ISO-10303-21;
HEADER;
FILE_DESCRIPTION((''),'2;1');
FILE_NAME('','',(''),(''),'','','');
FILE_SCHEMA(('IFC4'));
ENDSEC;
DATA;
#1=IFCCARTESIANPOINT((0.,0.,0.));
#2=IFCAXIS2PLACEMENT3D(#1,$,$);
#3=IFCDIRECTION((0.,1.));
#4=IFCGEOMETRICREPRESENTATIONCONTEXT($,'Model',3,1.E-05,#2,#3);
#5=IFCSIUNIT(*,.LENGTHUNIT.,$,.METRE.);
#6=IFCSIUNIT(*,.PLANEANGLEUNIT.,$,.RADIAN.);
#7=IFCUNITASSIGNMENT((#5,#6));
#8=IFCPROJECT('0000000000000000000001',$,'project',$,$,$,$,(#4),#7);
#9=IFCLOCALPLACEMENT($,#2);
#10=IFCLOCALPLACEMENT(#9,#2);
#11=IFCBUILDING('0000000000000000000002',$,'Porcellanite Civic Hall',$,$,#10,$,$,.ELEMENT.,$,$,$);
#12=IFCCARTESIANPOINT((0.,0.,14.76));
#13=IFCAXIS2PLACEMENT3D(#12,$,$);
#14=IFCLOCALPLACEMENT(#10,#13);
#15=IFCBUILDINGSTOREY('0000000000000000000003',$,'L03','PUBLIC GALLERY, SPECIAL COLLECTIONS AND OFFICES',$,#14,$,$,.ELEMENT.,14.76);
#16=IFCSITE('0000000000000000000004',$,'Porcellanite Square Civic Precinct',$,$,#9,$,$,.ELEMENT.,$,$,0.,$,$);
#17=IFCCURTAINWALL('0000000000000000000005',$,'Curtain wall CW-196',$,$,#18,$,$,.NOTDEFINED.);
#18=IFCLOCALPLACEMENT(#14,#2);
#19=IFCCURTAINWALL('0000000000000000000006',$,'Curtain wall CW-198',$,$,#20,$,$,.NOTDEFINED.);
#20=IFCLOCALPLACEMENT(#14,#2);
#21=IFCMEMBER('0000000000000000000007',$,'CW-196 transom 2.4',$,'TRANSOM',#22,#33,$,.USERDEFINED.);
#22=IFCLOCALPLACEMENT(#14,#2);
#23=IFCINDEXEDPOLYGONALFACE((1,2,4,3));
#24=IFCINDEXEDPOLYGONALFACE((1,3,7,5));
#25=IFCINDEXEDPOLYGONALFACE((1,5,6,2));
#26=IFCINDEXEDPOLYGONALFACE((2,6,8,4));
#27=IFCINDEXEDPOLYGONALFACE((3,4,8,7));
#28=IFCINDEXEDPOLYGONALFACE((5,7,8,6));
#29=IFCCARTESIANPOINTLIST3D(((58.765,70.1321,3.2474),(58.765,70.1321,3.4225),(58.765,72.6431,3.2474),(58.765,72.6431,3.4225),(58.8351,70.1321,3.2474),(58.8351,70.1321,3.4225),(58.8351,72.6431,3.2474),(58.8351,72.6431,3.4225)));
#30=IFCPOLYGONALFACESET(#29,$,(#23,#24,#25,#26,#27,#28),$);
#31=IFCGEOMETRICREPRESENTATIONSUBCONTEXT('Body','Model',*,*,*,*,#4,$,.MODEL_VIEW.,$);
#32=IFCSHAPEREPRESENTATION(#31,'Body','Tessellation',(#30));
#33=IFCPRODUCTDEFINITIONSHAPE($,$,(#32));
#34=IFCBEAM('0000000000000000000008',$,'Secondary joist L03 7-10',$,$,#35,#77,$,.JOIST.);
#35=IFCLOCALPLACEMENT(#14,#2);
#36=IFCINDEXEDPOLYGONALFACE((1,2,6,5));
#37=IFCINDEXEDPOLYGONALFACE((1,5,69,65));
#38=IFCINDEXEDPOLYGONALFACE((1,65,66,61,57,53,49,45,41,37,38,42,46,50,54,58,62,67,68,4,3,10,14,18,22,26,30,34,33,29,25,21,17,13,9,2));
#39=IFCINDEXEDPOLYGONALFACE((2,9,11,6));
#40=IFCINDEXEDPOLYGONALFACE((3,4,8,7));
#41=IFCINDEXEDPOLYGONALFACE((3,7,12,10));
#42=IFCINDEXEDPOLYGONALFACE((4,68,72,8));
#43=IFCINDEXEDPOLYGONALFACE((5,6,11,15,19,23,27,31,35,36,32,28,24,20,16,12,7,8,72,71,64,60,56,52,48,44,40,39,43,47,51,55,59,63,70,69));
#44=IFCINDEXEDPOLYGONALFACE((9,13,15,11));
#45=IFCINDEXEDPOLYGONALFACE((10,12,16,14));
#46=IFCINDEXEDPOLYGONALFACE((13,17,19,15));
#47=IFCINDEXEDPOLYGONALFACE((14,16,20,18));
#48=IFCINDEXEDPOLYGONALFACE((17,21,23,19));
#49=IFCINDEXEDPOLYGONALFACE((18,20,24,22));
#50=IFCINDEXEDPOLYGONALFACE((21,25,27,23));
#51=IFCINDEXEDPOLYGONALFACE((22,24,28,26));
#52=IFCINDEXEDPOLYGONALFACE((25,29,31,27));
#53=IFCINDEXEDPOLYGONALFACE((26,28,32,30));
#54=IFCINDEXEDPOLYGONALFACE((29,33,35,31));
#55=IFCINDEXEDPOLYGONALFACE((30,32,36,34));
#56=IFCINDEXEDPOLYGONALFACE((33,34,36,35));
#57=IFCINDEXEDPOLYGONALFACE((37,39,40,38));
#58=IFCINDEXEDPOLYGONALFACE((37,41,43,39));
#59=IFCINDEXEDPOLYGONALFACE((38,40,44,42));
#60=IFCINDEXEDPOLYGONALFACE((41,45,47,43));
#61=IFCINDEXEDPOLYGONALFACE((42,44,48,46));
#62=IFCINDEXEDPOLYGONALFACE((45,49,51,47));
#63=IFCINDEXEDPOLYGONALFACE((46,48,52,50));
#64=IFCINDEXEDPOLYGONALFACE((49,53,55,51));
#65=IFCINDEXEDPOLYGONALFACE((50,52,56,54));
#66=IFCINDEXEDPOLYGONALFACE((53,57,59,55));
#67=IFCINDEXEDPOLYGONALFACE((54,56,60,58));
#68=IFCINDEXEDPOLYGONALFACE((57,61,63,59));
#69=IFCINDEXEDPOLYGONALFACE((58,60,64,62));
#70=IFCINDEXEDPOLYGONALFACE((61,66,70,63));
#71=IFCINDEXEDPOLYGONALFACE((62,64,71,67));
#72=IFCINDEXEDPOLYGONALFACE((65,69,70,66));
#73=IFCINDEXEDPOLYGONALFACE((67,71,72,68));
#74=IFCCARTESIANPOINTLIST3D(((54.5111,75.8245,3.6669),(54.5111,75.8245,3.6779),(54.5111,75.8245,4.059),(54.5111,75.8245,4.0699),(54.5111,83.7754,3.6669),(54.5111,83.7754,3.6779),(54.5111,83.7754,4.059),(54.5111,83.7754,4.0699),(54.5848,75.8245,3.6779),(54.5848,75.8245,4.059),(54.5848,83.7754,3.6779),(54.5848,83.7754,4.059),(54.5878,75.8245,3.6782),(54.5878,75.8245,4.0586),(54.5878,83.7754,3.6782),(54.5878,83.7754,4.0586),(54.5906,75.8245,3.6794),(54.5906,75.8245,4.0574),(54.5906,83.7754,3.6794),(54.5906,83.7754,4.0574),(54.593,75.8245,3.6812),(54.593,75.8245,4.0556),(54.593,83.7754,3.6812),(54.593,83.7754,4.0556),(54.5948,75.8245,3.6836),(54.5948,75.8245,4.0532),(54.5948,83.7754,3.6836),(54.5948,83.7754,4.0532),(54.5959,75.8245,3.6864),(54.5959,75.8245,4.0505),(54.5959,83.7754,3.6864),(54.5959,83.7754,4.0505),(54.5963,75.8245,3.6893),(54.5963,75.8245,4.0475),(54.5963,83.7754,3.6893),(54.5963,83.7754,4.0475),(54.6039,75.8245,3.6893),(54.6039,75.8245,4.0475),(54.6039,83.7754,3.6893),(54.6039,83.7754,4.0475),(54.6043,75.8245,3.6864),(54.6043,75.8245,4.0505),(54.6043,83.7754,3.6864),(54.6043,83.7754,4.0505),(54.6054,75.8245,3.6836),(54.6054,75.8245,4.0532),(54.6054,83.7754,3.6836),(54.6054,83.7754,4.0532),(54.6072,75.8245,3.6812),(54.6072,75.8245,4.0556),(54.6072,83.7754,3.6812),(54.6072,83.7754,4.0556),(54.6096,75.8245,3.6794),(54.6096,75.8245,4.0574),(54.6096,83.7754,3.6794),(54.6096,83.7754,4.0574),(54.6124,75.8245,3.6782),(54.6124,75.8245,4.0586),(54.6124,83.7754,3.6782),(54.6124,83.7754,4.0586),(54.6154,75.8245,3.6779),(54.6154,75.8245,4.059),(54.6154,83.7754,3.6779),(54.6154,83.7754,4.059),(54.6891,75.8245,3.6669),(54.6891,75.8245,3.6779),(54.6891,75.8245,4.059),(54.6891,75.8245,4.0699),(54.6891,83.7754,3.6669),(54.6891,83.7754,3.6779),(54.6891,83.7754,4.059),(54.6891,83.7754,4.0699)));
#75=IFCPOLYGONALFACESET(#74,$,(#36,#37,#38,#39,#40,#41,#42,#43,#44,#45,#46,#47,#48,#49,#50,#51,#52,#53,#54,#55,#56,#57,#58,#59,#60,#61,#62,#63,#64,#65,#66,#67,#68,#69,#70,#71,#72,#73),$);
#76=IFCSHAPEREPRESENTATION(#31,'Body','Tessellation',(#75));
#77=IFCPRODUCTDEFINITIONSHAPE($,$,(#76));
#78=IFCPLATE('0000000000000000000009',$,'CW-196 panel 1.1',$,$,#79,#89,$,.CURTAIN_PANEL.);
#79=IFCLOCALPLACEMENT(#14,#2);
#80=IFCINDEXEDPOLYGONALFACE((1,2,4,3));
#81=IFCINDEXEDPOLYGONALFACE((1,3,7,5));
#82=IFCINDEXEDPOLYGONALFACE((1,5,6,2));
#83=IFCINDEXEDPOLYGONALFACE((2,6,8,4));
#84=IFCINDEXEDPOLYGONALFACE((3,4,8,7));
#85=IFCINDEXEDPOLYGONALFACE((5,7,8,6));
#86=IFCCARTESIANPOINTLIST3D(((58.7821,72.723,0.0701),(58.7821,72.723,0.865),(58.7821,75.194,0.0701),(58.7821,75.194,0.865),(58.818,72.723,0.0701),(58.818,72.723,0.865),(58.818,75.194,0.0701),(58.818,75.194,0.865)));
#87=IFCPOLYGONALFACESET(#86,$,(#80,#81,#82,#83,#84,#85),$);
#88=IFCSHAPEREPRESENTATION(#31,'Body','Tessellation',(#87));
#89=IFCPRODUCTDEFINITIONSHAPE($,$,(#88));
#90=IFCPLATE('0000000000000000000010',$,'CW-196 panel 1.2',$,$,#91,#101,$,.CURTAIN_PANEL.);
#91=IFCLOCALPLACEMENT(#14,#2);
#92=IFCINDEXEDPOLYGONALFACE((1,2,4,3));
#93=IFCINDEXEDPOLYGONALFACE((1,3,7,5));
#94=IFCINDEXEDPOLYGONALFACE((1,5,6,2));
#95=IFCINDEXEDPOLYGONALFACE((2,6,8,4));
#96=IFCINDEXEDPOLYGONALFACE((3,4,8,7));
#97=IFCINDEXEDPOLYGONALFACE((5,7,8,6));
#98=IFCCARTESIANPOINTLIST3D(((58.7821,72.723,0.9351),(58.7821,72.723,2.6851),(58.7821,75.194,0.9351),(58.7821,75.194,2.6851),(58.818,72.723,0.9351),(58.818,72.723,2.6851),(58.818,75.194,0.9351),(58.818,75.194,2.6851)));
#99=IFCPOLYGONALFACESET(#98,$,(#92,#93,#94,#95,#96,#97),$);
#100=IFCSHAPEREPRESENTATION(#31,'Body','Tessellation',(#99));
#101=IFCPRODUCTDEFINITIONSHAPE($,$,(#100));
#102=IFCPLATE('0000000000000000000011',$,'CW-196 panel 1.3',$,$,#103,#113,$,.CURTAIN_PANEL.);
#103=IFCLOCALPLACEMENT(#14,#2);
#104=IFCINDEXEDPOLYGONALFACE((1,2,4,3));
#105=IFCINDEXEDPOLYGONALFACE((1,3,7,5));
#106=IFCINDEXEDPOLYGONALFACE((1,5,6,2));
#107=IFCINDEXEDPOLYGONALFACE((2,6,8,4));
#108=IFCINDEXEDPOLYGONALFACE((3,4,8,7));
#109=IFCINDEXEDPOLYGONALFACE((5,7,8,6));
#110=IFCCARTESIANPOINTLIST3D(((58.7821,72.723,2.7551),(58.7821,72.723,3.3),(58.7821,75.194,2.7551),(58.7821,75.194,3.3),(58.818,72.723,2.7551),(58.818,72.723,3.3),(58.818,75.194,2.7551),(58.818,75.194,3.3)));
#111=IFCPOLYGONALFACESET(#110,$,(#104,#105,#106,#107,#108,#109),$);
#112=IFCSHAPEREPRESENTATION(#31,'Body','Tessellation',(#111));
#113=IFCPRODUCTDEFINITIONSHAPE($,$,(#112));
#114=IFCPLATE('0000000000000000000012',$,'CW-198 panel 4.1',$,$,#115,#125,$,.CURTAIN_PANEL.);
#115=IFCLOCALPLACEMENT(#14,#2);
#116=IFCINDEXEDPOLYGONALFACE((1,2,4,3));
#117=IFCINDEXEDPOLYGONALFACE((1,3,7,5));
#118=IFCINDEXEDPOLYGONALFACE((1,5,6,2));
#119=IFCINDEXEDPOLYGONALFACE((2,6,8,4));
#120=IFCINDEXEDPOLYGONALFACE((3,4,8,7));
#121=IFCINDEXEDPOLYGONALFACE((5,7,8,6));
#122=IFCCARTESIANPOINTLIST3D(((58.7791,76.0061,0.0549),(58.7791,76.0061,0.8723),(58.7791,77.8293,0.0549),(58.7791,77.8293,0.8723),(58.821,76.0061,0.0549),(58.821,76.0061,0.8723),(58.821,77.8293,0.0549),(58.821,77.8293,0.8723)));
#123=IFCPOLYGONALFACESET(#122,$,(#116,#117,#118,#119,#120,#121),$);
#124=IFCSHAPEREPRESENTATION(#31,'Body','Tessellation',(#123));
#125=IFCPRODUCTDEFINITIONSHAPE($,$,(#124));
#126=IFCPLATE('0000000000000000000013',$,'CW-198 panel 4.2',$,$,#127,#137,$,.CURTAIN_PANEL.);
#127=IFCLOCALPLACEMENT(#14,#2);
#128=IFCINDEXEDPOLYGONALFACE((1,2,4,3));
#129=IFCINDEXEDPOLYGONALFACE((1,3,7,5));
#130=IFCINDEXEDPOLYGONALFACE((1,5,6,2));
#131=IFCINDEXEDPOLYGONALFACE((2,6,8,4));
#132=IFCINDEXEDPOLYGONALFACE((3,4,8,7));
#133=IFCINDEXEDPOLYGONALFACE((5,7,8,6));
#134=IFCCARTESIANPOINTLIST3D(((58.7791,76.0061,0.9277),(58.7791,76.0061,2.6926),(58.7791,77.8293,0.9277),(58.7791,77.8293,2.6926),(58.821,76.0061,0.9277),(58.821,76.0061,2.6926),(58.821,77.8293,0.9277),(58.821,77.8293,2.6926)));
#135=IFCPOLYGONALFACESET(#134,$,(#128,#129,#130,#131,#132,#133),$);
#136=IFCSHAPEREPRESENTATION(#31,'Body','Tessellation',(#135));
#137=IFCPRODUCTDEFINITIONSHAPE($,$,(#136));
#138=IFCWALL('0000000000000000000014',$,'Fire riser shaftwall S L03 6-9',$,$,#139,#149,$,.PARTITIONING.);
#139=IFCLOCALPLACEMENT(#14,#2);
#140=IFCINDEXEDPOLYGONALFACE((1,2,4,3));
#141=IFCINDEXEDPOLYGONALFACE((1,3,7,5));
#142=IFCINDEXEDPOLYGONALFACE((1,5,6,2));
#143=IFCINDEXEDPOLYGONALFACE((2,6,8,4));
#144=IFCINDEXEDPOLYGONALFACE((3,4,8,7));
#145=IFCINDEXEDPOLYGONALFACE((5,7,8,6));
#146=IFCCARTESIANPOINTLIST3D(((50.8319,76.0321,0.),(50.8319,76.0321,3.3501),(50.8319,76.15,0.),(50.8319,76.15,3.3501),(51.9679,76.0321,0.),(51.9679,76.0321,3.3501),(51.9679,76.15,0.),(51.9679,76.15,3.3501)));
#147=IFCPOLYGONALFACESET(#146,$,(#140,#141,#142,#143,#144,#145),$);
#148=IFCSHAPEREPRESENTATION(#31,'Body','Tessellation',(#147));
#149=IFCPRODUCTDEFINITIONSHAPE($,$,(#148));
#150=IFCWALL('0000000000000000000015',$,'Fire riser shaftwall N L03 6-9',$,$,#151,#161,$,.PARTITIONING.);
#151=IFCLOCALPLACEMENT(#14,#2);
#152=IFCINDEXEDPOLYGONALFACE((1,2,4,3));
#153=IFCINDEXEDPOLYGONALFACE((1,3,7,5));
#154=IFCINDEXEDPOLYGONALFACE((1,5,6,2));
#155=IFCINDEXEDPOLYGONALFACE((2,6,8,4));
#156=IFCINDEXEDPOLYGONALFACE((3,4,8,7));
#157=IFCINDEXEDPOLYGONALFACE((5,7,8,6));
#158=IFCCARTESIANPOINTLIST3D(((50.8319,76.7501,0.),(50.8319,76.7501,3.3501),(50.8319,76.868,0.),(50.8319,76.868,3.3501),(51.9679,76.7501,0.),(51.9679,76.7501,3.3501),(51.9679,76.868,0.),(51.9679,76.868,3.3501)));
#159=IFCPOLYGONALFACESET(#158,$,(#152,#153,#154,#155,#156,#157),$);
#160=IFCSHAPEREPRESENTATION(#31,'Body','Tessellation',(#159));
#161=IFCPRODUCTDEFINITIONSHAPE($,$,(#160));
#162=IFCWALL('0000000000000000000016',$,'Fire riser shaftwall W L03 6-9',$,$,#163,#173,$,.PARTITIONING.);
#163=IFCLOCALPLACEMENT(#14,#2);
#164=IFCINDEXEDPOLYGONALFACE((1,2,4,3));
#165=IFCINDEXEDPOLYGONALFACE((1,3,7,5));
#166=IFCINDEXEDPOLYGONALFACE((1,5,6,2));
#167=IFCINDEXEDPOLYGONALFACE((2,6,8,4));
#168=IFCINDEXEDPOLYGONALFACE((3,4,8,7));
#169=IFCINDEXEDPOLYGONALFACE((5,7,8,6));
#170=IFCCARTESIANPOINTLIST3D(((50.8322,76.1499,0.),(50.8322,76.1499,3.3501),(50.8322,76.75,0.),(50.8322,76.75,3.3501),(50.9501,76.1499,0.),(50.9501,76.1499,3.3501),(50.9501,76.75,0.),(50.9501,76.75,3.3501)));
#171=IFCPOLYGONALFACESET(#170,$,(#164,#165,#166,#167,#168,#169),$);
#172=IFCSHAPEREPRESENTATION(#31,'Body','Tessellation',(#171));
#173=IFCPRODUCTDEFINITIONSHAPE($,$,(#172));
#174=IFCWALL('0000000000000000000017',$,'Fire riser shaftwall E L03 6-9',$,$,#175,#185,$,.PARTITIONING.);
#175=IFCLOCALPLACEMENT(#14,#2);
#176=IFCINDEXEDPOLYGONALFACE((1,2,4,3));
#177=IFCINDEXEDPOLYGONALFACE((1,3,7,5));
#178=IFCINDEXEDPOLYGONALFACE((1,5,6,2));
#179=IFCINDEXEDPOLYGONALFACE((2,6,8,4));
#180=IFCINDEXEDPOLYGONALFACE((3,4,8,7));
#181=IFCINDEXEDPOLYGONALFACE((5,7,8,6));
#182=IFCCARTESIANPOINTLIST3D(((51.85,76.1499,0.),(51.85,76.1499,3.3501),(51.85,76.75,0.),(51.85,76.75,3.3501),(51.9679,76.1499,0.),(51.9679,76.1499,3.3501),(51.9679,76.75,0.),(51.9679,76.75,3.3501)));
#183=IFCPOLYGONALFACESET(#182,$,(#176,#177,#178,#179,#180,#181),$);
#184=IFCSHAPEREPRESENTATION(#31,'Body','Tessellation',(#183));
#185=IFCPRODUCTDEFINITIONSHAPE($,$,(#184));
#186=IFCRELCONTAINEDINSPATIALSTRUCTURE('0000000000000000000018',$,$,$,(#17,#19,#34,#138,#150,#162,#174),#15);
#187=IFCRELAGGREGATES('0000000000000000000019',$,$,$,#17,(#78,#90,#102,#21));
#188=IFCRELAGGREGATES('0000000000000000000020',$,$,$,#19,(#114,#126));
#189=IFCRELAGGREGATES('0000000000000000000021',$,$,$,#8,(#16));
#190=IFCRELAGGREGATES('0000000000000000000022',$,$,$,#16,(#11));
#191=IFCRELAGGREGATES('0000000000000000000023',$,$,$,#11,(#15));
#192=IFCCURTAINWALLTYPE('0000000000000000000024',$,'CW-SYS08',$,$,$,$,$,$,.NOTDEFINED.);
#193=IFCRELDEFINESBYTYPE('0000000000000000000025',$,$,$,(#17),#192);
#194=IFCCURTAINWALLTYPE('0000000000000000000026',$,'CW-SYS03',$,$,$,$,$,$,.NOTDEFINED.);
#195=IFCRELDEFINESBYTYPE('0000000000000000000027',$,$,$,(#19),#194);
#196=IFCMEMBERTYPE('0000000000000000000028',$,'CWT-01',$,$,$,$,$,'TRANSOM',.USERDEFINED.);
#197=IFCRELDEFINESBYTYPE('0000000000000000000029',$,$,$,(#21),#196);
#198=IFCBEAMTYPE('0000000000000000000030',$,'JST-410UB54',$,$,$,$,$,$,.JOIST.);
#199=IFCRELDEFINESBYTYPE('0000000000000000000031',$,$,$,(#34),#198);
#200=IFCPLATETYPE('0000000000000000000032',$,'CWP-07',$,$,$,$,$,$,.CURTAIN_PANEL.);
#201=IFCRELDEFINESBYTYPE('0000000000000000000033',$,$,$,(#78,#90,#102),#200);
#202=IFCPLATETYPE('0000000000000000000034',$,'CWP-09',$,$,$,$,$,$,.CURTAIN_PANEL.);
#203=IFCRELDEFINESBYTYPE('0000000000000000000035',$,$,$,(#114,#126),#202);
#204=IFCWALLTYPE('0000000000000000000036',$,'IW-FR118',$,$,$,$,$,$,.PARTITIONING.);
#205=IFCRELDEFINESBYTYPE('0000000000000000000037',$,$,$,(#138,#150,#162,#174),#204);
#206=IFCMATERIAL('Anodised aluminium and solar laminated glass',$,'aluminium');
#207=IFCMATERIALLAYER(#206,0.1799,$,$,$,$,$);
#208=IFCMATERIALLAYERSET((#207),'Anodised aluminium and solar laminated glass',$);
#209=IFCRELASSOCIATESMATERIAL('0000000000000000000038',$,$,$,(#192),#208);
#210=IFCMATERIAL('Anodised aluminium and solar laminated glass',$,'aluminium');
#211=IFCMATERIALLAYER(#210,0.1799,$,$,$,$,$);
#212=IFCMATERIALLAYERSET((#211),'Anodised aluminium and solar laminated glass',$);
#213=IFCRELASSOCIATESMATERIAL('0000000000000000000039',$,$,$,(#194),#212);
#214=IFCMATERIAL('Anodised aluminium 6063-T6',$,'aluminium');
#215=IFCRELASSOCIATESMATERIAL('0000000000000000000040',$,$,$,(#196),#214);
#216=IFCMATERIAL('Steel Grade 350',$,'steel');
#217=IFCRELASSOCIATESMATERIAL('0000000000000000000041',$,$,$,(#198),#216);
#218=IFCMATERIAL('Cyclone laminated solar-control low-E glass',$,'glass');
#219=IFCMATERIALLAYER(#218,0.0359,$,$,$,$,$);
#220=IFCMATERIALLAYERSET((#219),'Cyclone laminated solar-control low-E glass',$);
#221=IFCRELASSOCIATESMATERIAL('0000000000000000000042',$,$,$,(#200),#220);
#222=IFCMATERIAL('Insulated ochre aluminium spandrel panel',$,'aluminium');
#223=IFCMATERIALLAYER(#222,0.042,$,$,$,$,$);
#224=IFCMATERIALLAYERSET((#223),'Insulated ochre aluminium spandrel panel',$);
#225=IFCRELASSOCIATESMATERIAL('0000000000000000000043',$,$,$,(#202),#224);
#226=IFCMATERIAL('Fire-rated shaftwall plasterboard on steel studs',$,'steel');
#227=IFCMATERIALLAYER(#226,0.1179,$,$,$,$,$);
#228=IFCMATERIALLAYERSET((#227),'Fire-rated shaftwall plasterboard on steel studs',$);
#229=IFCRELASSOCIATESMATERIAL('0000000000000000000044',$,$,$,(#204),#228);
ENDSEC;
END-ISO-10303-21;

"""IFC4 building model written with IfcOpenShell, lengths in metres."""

from ifc_helpers import new_model, si_unit, direction, frame, frame_2d, origin, origin_2d, place, context, subcontext, project, spatial, rectangle, i_section, extrude, material, layer, layer_set, material_profile, profile_set, type_object, element, aggregate, save


model = new_model("IFC4")

# Units and contexts
model_context = context("Model", 3, precision=1e-05, world=origin(), true_north=direction((0.0, 1.0)))
body_context = subcontext(model_context, "Body", "Model", "MODEL_VIEW")
ifc_project = project(units=[si_unit("LENGTHUNIT", "METRE"), si_unit("PLANEANGLEUNIT", "RADIAN")], contexts=[model_context])

# Site, building, storey
site_placement = place(None, origin())
site = spatial("IfcSite", under=ifc_project, at=site_placement, Name="Porcellanite Square Civic Precinct", CompositionType="ELEMENT", RefElevation=0.0)
building_placement = place(site_placement, origin())
building = spatial("IfcBuilding", under=site, at=building_placement, Name="Porcellanite Civic Hall", CompositionType="ELEMENT")
storey_placement = place(building_placement, frame((0.0, 0.0, 14.76)))
storey = spatial("IfcBuildingStorey", under=building, at=storey_placement, Name="L03", Description="PUBLIC GALLERY, SPECIAL COLLECTIONS AND OFFICES", CompositionType="ELEMENT", Elevation=14.76)

# Curtain wall
ifc_material_1 = material(Name="Anodised aluminium and solar laminated glass", Category="aluminium")
ifc_layer_1 = layer(ifc_material_1, 0.1799)
ifc_layer_set_1 = layer_set([ifc_layer_1], Name="Anodised aluminium and solar laminated glass")
curtain_wall_type_1 = type_object("IfcCurtainWallType", Name="CW-SYS08", PredefinedType="NOTDEFINED", material=ifc_layer_set_1)
curtain_wall_1_placement = place(storey_placement, origin())
curtain_wall_1 = element("IfcCurtainWall", 1, at=curtain_wall_1_placement, inside=storey, type_object=curtain_wall_type_1, Name="Curtain wall CW-196", PredefinedType="NOTDEFINED")

# Curtain wall
ifc_material_2 = material(Name="Anodised aluminium and solar laminated glass", Category="aluminium")
ifc_layer_2 = layer(ifc_material_2, 0.1799)
ifc_layer_set_2 = layer_set([ifc_layer_2], Name="Anodised aluminium and solar laminated glass")
curtain_wall_type_2 = type_object("IfcCurtainWallType", Name="CW-SYS03", PredefinedType="NOTDEFINED", material=ifc_layer_set_2)
curtain_wall_2_placement = place(storey_placement, origin())
curtain_wall_2 = element("IfcCurtainWall", 2, at=curtain_wall_2_placement, inside=storey, type_object=curtain_wall_type_2, Name="Curtain wall CW-198", PredefinedType="NOTDEFINED")

# Member
ifc_material_3 = material(Name="Anodised aluminium 6063-T6", Category="aluminium")
ifc_material_profile_1 = material_profile(ifc_material_3, rectangle(XDim=0.0701, YDim=0.175, at=origin_2d()), Name="AL-70x175")
ifc_profile_set_1 = profile_set([ifc_material_profile_1], Name="Anodised aluminium 6063-T6")
member_type_1 = type_object("IfcMemberType", Name="CWT-01", ElementType="TRANSOM", PredefinedType="USERDEFINED", material=ifc_profile_set_1)
member_1_placement = place(storey_placement, frame((58.8, 72.6431, 3.335), z_axis=(0.0, -1.0, 0.0), x_axis=(1.0, 0.0, 0.0)))
member_1 = element("IfcMember", 3, at=member_1_placement, type_object=member_type_1, Name="CW-196 transom 2.4", ObjectType="TRANSOM", PredefinedType="USERDEFINED", context=body_context, shape_type="SweptSolid", body=[
    extrude(rectangle(XDim=0.0701, YDim=0.175, at=origin_2d()), origin(), (0.0, 0.0, 1.0), 2.511),
])

# Beam
ifc_material_4 = material(Name="Steel Grade 350", Category="steel")
ifc_material_profile_2 = material_profile(ifc_material_4, i_section(OverallWidth=0.178, OverallDepth=0.4031, WebThickness=0.0076, FlangeThickness=0.011, FilletRadius=0.0115, at=origin_2d()), Name="410UB53.7")
ifc_profile_set_2 = profile_set([ifc_material_profile_2], Name="Steel Grade 350")
beam_type_1 = type_object("IfcBeamType", Name="JST-410UB54", PredefinedType="JOIST", material=ifc_profile_set_2)
beam_1_placement = place(storey_placement, frame((54.6001, 75.8245, 3.8684), z_axis=(0.0, 1.0, 0.0), x_axis=(-1.0, 0.0, 0.0)))
element("IfcBeam", 4, at=beam_1_placement, inside=storey, type_object=beam_type_1, Name="Secondary joist L03 7-10", PredefinedType="JOIST", context=body_context, shape_type="SweptSolid", body=[
    extrude(i_section(OverallWidth=0.178, OverallDepth=0.4031, WebThickness=0.0076, FlangeThickness=0.011, FilletRadius=0.0115, at=origin_2d()), origin(), (0.0, 0.0, 1.0), 7.9509),
])

# Plates
ifc_material_5 = material(Name="Cyclone laminated solar-control low-E glass", Category="glass")
ifc_layer_3 = layer(ifc_material_5, 0.0359)
ifc_layer_set_3 = layer_set([ifc_layer_3], Name="Cyclone laminated solar-control low-E glass")
plate_type_1 = type_object("IfcPlateType", Name="CWP-07", PredefinedType="CURTAIN_PANEL", material=ifc_layer_set_3)
plate_1_placement = place(storey_placement, frame((58.8, 73.9585, 0.0701), z_axis=(0.0, 0.0, 1.0), x_axis=(0.0, -1.0, 0.0)))
plate_1 = element("IfcPlate", 5, at=plate_1_placement, type_object=plate_type_1, Name="CW-196 panel 1.1", PredefinedType="CURTAIN_PANEL", context=body_context, shape_type="SweptSolid", body=[
    extrude(rectangle(XDim=2.4709, YDim=0.0359, at=origin_2d()), origin(), (0.0, 0.0, 1.0), 0.7949),
])
plate_2_placement = place(storey_placement, frame((58.8, 73.9585, 0.9351), z_axis=(0.0, 0.0, 1.0), x_axis=(0.0, -1.0, 0.0)))
plate_2 = element("IfcPlate", 6, at=plate_2_placement, type_object=plate_type_1, Name="CW-196 panel 1.2", PredefinedType="CURTAIN_PANEL", context=body_context, shape_type="SweptSolid", body=[
    extrude(rectangle(XDim=2.4709, YDim=0.0359, at=origin_2d()), origin(), (0.0, 0.0, 1.0), 1.75),
])
plate_3_placement = place(storey_placement, frame((58.8, 73.9585, 2.7551), z_axis=(0.0, 0.0, 1.0), x_axis=(0.0, -1.0, 0.0)))
plate_3 = element("IfcPlate", 7, at=plate_3_placement, type_object=plate_type_1, Name="CW-196 panel 1.3", PredefinedType="CURTAIN_PANEL", context=body_context, shape_type="SweptSolid", body=[
    extrude(rectangle(XDim=2.4709, YDim=0.0359, at=origin_2d()), origin(), (0.0, 0.0, 1.0), 0.5449),
])
aggregate(curtain_wall_1, [plate_1, plate_2, plate_3, member_1])
ifc_material_6 = material(Name="Insulated ochre aluminium spandrel panel", Category="aluminium")
ifc_layer_4 = layer(ifc_material_6, 0.042)
ifc_layer_set_4 = layer_set([ifc_layer_4], Name="Insulated ochre aluminium spandrel panel")
plate_type_2 = type_object("IfcPlateType", Name="CWP-09", PredefinedType="CURTAIN_PANEL", material=ifc_layer_set_4)
plate_4_placement = place(storey_placement, frame((58.8, 76.9177, 0.0549), z_axis=(0.0, 0.0, 1.0), x_axis=(0.0, -1.0, 0.0)))
plate_4 = element("IfcPlate", 8, at=plate_4_placement, type_object=plate_type_2, Name="CW-198 panel 4.1", PredefinedType="CURTAIN_PANEL", context=body_context, shape_type="SweptSolid", body=[
    extrude(rectangle(XDim=1.8232, YDim=0.042, at=origin_2d()), origin(), (0.0, 0.0, 1.0), 0.8174),
])
plate_5_placement = place(storey_placement, frame((58.8, 76.9177, 0.9277), z_axis=(0.0, 0.0, 1.0), x_axis=(0.0, -1.0, 0.0)))
plate_5 = element("IfcPlate", 9, at=plate_5_placement, type_object=plate_type_2, Name="CW-198 panel 4.2", PredefinedType="CURTAIN_PANEL", context=body_context, shape_type="SweptSolid", body=[
    extrude(rectangle(XDim=1.8232, YDim=0.042, at=origin_2d()), origin(), (0.0, 0.0, 1.0), 1.7649),
])
aggregate(curtain_wall_2, [plate_4, plate_5])

# Walls
ifc_material_7 = material(Name="Fire-rated shaftwall plasterboard on steel studs", Category="steel")
ifc_layer_5 = layer(ifc_material_7, 0.1179)
ifc_layer_set_5 = layer_set([ifc_layer_5], Name="Fire-rated shaftwall plasterboard on steel studs")
wall_type = type_object("IfcWallType", Name="IW-FR118", PredefinedType="PARTITIONING", material=ifc_layer_set_5)
for number, where, z_axis, x_axis, name in (
    (10, (50.832, 76.0911, 0.0), (0.0, 0.0, 1.0), (1.0, 0.0, 0.0), "Fire riser shaftwall S L03 6-9"),
    (11, (50.832, 76.8091, 0.0), (0.0, 0.0, 1.0), (1.0, 0.0, 0.0), "Fire riser shaftwall N L03 6-9"),
):
    element("IfcWall", number, at=place(storey_placement, frame(where, z_axis=z_axis, x_axis=x_axis)), inside=storey, type_object=wall_type, Name=name, PredefinedType="PARTITIONING", context=body_context, shape_type="SweptSolid", body=[
        extrude(rectangle(XDim=1.136, YDim=0.1179, at=frame_2d((0.5679, 0.0))), origin(), (0.0, 0.0, 1.0), 3.3501),
    ])
for number, where, z_axis, x_axis, name in (
    (12, (50.8911, 76.1499, 0.0), (0.0, 0.0, 1.0), (0.0, 1.0, 0.0), "Fire riser shaftwall W L03 6-9"),
    (13, (51.9089, 76.1499, 0.0), (0.0, 0.0, 1.0), (0.0, 1.0, 0.0), "Fire riser shaftwall E L03 6-9"),
):
    element("IfcWall", number, at=place(storey_placement, frame(where, z_axis=z_axis, x_axis=x_axis)), inside=storey, type_object=wall_type, Name=name, PredefinedType="PARTITIONING", context=body_context, shape_type="SweptSolid", body=[
        extrude(rectangle(XDim=0.6001, YDim=0.1179, at=frame_2d((0.3, 0.0))), origin(), (0.0, 0.0, 1.0), 3.3501),
    ])

save(model, "model.ifc")
